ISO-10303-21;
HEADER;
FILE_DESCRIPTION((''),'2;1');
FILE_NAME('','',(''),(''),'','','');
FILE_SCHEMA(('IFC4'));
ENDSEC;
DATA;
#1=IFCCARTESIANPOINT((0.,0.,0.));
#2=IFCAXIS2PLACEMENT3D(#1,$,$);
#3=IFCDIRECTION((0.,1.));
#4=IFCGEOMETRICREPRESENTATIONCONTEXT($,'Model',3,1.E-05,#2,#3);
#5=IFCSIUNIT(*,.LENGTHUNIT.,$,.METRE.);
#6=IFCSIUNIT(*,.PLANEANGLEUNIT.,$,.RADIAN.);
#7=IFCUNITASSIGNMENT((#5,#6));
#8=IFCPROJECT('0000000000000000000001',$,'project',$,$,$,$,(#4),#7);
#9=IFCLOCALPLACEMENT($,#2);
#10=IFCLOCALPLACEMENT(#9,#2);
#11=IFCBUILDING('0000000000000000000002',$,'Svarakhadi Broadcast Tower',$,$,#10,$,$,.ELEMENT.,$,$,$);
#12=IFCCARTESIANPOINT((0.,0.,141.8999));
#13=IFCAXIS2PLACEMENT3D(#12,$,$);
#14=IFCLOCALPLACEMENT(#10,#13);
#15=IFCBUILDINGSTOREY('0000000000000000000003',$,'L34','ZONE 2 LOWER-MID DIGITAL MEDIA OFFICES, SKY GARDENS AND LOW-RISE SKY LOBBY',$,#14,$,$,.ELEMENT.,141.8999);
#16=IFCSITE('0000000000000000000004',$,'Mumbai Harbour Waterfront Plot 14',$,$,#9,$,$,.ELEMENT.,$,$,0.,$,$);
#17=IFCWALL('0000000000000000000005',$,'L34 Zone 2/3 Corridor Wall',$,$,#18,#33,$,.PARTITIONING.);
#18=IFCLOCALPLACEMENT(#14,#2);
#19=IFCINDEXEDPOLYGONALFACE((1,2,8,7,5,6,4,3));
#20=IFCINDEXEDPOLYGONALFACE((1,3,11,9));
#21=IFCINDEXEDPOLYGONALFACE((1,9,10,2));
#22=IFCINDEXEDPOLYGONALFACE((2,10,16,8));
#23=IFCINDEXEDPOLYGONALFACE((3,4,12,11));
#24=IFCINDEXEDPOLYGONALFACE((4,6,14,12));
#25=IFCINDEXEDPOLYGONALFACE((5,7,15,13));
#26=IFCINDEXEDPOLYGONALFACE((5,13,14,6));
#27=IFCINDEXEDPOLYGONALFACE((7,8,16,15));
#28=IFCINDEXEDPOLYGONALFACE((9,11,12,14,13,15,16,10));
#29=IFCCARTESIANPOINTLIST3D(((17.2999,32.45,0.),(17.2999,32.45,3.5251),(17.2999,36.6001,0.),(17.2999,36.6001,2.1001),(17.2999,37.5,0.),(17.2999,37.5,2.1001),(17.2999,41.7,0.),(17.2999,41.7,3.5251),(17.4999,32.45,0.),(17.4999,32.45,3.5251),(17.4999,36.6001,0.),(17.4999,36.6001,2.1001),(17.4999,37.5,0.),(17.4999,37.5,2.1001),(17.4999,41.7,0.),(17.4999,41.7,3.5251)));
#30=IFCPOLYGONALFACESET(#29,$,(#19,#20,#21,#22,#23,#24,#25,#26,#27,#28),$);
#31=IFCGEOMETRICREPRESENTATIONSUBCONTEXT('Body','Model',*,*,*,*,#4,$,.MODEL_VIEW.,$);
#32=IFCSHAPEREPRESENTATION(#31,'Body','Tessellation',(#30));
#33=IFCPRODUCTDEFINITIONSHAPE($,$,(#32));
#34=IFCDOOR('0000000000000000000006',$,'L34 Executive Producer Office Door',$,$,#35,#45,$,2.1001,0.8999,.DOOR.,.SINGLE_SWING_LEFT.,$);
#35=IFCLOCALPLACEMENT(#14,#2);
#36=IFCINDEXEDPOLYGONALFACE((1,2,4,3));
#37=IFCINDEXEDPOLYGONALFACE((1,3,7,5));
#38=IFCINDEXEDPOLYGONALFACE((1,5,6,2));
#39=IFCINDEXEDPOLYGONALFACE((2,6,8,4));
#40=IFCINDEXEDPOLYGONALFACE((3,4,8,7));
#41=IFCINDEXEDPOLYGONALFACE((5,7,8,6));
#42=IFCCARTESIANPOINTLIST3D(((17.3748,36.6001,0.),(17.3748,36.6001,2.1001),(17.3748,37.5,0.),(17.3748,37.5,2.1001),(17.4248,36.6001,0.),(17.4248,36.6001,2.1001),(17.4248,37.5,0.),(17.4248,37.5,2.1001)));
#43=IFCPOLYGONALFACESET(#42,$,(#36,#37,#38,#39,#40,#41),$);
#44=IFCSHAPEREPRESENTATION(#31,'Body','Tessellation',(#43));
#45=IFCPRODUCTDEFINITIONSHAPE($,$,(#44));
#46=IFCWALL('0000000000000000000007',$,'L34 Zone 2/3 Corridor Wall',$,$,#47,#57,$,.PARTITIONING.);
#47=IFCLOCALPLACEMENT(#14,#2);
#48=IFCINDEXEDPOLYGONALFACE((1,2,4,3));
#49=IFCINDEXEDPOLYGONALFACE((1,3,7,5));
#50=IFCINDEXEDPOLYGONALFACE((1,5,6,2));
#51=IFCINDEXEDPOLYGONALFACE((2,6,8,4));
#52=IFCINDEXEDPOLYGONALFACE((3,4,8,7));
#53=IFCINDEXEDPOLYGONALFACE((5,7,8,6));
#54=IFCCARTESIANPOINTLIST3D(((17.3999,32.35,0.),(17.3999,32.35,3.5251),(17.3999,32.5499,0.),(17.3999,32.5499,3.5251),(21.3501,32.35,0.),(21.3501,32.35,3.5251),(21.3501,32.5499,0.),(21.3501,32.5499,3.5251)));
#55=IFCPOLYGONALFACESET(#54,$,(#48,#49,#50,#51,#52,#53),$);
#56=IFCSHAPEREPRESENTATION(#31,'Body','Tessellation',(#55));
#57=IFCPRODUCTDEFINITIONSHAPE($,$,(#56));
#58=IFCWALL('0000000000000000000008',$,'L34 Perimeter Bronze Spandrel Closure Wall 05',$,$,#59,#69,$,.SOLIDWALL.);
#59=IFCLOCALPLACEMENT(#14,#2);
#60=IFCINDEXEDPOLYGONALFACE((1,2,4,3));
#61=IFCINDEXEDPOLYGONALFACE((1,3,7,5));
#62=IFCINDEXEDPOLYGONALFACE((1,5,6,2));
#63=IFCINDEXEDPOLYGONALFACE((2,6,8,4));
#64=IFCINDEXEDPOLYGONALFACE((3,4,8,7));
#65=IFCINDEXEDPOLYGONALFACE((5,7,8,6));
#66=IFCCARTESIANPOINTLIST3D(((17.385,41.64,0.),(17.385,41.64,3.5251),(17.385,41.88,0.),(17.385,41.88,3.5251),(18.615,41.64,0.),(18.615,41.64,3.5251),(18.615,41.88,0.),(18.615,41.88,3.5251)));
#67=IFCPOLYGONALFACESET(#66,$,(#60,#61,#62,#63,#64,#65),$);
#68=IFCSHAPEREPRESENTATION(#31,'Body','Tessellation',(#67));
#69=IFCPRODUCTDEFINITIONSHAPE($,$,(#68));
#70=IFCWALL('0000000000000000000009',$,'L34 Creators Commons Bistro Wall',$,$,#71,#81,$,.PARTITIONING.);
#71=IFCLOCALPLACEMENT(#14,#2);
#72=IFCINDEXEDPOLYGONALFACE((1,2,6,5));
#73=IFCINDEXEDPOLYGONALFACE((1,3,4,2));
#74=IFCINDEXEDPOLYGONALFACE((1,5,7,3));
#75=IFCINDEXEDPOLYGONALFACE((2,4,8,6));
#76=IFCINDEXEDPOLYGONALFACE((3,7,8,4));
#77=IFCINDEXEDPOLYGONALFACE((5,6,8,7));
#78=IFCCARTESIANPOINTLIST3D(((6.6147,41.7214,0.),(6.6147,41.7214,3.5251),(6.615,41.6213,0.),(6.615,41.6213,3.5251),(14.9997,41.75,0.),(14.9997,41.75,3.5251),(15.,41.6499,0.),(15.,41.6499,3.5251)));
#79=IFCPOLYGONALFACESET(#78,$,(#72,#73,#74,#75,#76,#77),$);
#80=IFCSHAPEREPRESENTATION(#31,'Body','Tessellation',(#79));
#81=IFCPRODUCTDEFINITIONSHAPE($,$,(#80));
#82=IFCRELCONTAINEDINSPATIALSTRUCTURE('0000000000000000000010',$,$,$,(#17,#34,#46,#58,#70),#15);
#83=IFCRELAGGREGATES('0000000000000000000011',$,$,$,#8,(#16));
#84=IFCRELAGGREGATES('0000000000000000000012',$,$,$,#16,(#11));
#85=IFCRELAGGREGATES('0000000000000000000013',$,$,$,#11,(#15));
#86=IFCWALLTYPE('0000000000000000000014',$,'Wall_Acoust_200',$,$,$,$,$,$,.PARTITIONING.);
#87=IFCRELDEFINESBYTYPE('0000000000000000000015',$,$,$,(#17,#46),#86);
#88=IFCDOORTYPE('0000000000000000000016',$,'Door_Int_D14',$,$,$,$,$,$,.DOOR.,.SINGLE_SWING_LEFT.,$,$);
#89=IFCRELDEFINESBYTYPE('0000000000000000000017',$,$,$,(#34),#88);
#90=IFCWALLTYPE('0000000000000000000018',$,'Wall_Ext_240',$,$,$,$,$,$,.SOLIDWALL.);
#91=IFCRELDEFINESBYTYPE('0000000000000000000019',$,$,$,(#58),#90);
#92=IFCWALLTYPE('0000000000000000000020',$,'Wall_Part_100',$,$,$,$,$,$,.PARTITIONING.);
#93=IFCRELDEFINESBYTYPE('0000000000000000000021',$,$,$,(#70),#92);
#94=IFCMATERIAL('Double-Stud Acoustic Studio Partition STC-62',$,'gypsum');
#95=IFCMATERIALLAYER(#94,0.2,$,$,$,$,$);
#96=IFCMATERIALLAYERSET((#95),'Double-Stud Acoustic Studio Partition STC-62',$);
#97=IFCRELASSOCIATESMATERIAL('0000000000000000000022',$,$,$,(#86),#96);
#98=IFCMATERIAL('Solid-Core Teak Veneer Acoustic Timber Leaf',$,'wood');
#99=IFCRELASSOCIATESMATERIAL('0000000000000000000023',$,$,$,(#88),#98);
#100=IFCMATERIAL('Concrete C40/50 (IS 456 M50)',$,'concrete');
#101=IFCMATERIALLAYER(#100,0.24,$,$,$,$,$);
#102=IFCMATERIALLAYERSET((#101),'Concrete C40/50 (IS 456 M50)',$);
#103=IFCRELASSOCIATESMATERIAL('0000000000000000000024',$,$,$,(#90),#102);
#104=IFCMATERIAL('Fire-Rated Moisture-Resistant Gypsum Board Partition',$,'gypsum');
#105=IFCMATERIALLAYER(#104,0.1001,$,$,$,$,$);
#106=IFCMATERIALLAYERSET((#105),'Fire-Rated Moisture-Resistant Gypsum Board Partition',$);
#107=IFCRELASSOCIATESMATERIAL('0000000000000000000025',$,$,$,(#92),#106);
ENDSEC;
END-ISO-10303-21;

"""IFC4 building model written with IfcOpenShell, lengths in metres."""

from ifc_helpers import new_model, si_unit, direction, frame, frame_2d, origin, place, context, subcontext, project, spatial, rectangle, extrude, material, layer, layer_set, type_object, element, fill, save


model = new_model("IFC4")

# Units and contexts
model_context = context("Model", 3, precision=1e-05, world=origin(), true_north=direction((0.0, 1.0)))
body_context = subcontext(model_context, "Body", "Model", "MODEL_VIEW")
ifc_project = project(units=[si_unit("LENGTHUNIT", "METRE"), si_unit("PLANEANGLEUNIT", "RADIAN")], contexts=[model_context])

# Site, building, storey
site_placement = place(None, origin())
site = spatial("IfcSite", under=ifc_project, at=site_placement, Name="Mumbai Harbour Waterfront Plot 14", CompositionType="ELEMENT", RefElevation=0.0)
building_placement = place(site_placement, origin())
building = spatial("IfcBuilding", under=site, at=building_placement, Name="Svarakhadi Broadcast Tower", CompositionType="ELEMENT")
storey_placement = place(building_placement, frame((0.0, 0.0, 141.8999)))
storey = spatial("IfcBuildingStorey", under=building, at=storey_placement, Name="L34", Description="ZONE 2 LOWER-MID DIGITAL MEDIA OFFICES, SKY GARDENS AND LOW-RISE SKY LOBBY", CompositionType="ELEMENT", Elevation=141.8999)

# Wall, opening, door
ifc_material_1 = material(Name="Double-Stud Acoustic Studio Partition STC-62", Category="gypsum")
ifc_layer_1 = layer(ifc_material_1, 0.2)
ifc_layer_set_1 = layer_set([ifc_layer_1], Name="Double-Stud Acoustic Studio Partition STC-62")
wall_type_1 = type_object("IfcWallType", Name="Wall_Acoust_200", PredefinedType="PARTITIONING", material=ifc_layer_set_1)
ifc_material_2 = material(Name="Solid-Core Teak Veneer Acoustic Timber Leaf", Category="wood")
wall_1_placement = place(storey_placement, frame((17.3999, 41.7, 0.0), z_axis=(0.0, 0.0, 1.0), x_axis=(0.0, -1.0, 0.0)))
wall_1 = element("IfcWall", 1, at=wall_1_placement, inside=storey, type_object=wall_type_1, Name="L34 Zone 2/3 Corridor Wall", PredefinedType="PARTITIONING", context=body_context, shape_type="SweptSolid", body=[
    extrude(rectangle(XDim=9.25, YDim=0.2, at=frame_2d((4.625, 0.0))), origin(), (0.0, 0.0, 1.0), 3.5251),
])
opening_1_placement = place(wall_1_placement, frame((4.2, 0.0, 0.0)))
opening_1 = element("IfcOpeningElement", 2, at=opening_1_placement, cuts=wall_1, PredefinedType="OPENING", context=body_context, shape_type="SweptSolid", body=[
    extrude(rectangle(XDim=0.8999, YDim=2.1001, at=frame_2d((0.45, 1.05))), frame((0.0, 0.1099, 0.0), z_axis=(0.0, -1.0, 0.0), x_axis=(1.0, 0.0, 0.0)), (0.0, 0.0, 1.0), 0.22),
])
door_type_1 = type_object("IfcDoorType", Name="Door_Int_D14", OperationType="SINGLE_SWING_LEFT", PredefinedType="DOOR", material=ifc_material_2)
door_1_placement = place(opening_1_placement, origin())
door_1 = element("IfcDoor", 3, at=door_1_placement, inside=storey, type_object=door_type_1, Name="L34 Executive Producer Office Door", OperationType="SINGLE_SWING_LEFT", OverallHeight=2.1001, OverallWidth=0.8999, PredefinedType="DOOR", context=body_context, shape_type="SweptSolid", body=[
    extrude(rectangle(XDim=0.8999, YDim=2.1001, at=frame_2d((0.45, 1.05))), frame((0.0, 0.0249, 0.0), z_axis=(0.0, -1.0, 0.0), x_axis=(1.0, 0.0, 0.0)), (0.0, 0.0, 1.0), 0.05),
])
fill(opening_1, door_1)

# Walls
wall_2_placement = place(storey_placement, frame((17.3999, 32.45, 0.0), z_axis=(0.0, 0.0, 1.0), x_axis=(1.0, 0.0, 0.0)))
element("IfcWall", 4, at=wall_2_placement, inside=storey, type_object=wall_type_1, Name="L34 Zone 2/3 Corridor Wall", PredefinedType="PARTITIONING", context=body_context, shape_type="SweptSolid", body=[
    extrude(rectangle(XDim=3.9502, YDim=0.2, at=frame_2d((1.9751, 0.0))), origin(), (0.0, 0.0, 1.0), 3.5251),
])
ifc_material_3 = material(Name="Concrete C40/50 (IS 456 M50)", Category="concrete")
ifc_layer_2 = layer(ifc_material_3, 0.24)
ifc_layer_set_2 = layer_set([ifc_layer_2], Name="Concrete C40/50 (IS 456 M50)")
wall_type_2 = type_object("IfcWallType", Name="Wall_Ext_240", PredefinedType="SOLIDWALL", material=ifc_layer_set_2)
wall_3_placement = place(storey_placement, frame((17.385, 41.76, 0.0), z_axis=(0.0, 0.0, 1.0), x_axis=(1.0, 0.0, 0.0)))
element("IfcWall", 5, at=wall_3_placement, inside=storey, type_object=wall_type_2, Name="L34 Perimeter Bronze Spandrel Closure Wall 05", PredefinedType="SOLIDWALL", context=body_context, shape_type="SweptSolid", body=[
    extrude(rectangle(XDim=1.23, YDim=0.24, at=frame_2d((0.615, 0.0))), origin(), (0.0, 0.0, 1.0), 3.5251),
])
ifc_material_4 = material(Name="Fire-Rated Moisture-Resistant Gypsum Board Partition", Category="gypsum")
ifc_layer_3 = layer(ifc_material_4, 0.1001)
ifc_layer_set_3 = layer_set([ifc_layer_3], Name="Fire-Rated Moisture-Resistant Gypsum Board Partition")
wall_type_3 = type_object("IfcWallType", Name="Wall_Part_100", PredefinedType="PARTITIONING", material=ifc_layer_set_3)
wall_4_placement = place(storey_placement, frame((6.615, 41.6714, 0.0), z_axis=(0.0, 0.0, 1.0), x_axis=(0.999994, 0.003407, 0.0)))
element("IfcWall", 6, at=wall_4_placement, inside=storey, type_object=wall_type_3, Name="L34 Creators Commons Bistro Wall", PredefinedType="PARTITIONING", context=body_context, shape_type="SweptSolid", body=[
    extrude(rectangle(XDim=8.385, YDim=0.1001, at=frame_2d((4.1924, 0.0))), origin(), (0.0, 0.0, 1.0), 3.5251),
])

save(model, "model.ifc")
